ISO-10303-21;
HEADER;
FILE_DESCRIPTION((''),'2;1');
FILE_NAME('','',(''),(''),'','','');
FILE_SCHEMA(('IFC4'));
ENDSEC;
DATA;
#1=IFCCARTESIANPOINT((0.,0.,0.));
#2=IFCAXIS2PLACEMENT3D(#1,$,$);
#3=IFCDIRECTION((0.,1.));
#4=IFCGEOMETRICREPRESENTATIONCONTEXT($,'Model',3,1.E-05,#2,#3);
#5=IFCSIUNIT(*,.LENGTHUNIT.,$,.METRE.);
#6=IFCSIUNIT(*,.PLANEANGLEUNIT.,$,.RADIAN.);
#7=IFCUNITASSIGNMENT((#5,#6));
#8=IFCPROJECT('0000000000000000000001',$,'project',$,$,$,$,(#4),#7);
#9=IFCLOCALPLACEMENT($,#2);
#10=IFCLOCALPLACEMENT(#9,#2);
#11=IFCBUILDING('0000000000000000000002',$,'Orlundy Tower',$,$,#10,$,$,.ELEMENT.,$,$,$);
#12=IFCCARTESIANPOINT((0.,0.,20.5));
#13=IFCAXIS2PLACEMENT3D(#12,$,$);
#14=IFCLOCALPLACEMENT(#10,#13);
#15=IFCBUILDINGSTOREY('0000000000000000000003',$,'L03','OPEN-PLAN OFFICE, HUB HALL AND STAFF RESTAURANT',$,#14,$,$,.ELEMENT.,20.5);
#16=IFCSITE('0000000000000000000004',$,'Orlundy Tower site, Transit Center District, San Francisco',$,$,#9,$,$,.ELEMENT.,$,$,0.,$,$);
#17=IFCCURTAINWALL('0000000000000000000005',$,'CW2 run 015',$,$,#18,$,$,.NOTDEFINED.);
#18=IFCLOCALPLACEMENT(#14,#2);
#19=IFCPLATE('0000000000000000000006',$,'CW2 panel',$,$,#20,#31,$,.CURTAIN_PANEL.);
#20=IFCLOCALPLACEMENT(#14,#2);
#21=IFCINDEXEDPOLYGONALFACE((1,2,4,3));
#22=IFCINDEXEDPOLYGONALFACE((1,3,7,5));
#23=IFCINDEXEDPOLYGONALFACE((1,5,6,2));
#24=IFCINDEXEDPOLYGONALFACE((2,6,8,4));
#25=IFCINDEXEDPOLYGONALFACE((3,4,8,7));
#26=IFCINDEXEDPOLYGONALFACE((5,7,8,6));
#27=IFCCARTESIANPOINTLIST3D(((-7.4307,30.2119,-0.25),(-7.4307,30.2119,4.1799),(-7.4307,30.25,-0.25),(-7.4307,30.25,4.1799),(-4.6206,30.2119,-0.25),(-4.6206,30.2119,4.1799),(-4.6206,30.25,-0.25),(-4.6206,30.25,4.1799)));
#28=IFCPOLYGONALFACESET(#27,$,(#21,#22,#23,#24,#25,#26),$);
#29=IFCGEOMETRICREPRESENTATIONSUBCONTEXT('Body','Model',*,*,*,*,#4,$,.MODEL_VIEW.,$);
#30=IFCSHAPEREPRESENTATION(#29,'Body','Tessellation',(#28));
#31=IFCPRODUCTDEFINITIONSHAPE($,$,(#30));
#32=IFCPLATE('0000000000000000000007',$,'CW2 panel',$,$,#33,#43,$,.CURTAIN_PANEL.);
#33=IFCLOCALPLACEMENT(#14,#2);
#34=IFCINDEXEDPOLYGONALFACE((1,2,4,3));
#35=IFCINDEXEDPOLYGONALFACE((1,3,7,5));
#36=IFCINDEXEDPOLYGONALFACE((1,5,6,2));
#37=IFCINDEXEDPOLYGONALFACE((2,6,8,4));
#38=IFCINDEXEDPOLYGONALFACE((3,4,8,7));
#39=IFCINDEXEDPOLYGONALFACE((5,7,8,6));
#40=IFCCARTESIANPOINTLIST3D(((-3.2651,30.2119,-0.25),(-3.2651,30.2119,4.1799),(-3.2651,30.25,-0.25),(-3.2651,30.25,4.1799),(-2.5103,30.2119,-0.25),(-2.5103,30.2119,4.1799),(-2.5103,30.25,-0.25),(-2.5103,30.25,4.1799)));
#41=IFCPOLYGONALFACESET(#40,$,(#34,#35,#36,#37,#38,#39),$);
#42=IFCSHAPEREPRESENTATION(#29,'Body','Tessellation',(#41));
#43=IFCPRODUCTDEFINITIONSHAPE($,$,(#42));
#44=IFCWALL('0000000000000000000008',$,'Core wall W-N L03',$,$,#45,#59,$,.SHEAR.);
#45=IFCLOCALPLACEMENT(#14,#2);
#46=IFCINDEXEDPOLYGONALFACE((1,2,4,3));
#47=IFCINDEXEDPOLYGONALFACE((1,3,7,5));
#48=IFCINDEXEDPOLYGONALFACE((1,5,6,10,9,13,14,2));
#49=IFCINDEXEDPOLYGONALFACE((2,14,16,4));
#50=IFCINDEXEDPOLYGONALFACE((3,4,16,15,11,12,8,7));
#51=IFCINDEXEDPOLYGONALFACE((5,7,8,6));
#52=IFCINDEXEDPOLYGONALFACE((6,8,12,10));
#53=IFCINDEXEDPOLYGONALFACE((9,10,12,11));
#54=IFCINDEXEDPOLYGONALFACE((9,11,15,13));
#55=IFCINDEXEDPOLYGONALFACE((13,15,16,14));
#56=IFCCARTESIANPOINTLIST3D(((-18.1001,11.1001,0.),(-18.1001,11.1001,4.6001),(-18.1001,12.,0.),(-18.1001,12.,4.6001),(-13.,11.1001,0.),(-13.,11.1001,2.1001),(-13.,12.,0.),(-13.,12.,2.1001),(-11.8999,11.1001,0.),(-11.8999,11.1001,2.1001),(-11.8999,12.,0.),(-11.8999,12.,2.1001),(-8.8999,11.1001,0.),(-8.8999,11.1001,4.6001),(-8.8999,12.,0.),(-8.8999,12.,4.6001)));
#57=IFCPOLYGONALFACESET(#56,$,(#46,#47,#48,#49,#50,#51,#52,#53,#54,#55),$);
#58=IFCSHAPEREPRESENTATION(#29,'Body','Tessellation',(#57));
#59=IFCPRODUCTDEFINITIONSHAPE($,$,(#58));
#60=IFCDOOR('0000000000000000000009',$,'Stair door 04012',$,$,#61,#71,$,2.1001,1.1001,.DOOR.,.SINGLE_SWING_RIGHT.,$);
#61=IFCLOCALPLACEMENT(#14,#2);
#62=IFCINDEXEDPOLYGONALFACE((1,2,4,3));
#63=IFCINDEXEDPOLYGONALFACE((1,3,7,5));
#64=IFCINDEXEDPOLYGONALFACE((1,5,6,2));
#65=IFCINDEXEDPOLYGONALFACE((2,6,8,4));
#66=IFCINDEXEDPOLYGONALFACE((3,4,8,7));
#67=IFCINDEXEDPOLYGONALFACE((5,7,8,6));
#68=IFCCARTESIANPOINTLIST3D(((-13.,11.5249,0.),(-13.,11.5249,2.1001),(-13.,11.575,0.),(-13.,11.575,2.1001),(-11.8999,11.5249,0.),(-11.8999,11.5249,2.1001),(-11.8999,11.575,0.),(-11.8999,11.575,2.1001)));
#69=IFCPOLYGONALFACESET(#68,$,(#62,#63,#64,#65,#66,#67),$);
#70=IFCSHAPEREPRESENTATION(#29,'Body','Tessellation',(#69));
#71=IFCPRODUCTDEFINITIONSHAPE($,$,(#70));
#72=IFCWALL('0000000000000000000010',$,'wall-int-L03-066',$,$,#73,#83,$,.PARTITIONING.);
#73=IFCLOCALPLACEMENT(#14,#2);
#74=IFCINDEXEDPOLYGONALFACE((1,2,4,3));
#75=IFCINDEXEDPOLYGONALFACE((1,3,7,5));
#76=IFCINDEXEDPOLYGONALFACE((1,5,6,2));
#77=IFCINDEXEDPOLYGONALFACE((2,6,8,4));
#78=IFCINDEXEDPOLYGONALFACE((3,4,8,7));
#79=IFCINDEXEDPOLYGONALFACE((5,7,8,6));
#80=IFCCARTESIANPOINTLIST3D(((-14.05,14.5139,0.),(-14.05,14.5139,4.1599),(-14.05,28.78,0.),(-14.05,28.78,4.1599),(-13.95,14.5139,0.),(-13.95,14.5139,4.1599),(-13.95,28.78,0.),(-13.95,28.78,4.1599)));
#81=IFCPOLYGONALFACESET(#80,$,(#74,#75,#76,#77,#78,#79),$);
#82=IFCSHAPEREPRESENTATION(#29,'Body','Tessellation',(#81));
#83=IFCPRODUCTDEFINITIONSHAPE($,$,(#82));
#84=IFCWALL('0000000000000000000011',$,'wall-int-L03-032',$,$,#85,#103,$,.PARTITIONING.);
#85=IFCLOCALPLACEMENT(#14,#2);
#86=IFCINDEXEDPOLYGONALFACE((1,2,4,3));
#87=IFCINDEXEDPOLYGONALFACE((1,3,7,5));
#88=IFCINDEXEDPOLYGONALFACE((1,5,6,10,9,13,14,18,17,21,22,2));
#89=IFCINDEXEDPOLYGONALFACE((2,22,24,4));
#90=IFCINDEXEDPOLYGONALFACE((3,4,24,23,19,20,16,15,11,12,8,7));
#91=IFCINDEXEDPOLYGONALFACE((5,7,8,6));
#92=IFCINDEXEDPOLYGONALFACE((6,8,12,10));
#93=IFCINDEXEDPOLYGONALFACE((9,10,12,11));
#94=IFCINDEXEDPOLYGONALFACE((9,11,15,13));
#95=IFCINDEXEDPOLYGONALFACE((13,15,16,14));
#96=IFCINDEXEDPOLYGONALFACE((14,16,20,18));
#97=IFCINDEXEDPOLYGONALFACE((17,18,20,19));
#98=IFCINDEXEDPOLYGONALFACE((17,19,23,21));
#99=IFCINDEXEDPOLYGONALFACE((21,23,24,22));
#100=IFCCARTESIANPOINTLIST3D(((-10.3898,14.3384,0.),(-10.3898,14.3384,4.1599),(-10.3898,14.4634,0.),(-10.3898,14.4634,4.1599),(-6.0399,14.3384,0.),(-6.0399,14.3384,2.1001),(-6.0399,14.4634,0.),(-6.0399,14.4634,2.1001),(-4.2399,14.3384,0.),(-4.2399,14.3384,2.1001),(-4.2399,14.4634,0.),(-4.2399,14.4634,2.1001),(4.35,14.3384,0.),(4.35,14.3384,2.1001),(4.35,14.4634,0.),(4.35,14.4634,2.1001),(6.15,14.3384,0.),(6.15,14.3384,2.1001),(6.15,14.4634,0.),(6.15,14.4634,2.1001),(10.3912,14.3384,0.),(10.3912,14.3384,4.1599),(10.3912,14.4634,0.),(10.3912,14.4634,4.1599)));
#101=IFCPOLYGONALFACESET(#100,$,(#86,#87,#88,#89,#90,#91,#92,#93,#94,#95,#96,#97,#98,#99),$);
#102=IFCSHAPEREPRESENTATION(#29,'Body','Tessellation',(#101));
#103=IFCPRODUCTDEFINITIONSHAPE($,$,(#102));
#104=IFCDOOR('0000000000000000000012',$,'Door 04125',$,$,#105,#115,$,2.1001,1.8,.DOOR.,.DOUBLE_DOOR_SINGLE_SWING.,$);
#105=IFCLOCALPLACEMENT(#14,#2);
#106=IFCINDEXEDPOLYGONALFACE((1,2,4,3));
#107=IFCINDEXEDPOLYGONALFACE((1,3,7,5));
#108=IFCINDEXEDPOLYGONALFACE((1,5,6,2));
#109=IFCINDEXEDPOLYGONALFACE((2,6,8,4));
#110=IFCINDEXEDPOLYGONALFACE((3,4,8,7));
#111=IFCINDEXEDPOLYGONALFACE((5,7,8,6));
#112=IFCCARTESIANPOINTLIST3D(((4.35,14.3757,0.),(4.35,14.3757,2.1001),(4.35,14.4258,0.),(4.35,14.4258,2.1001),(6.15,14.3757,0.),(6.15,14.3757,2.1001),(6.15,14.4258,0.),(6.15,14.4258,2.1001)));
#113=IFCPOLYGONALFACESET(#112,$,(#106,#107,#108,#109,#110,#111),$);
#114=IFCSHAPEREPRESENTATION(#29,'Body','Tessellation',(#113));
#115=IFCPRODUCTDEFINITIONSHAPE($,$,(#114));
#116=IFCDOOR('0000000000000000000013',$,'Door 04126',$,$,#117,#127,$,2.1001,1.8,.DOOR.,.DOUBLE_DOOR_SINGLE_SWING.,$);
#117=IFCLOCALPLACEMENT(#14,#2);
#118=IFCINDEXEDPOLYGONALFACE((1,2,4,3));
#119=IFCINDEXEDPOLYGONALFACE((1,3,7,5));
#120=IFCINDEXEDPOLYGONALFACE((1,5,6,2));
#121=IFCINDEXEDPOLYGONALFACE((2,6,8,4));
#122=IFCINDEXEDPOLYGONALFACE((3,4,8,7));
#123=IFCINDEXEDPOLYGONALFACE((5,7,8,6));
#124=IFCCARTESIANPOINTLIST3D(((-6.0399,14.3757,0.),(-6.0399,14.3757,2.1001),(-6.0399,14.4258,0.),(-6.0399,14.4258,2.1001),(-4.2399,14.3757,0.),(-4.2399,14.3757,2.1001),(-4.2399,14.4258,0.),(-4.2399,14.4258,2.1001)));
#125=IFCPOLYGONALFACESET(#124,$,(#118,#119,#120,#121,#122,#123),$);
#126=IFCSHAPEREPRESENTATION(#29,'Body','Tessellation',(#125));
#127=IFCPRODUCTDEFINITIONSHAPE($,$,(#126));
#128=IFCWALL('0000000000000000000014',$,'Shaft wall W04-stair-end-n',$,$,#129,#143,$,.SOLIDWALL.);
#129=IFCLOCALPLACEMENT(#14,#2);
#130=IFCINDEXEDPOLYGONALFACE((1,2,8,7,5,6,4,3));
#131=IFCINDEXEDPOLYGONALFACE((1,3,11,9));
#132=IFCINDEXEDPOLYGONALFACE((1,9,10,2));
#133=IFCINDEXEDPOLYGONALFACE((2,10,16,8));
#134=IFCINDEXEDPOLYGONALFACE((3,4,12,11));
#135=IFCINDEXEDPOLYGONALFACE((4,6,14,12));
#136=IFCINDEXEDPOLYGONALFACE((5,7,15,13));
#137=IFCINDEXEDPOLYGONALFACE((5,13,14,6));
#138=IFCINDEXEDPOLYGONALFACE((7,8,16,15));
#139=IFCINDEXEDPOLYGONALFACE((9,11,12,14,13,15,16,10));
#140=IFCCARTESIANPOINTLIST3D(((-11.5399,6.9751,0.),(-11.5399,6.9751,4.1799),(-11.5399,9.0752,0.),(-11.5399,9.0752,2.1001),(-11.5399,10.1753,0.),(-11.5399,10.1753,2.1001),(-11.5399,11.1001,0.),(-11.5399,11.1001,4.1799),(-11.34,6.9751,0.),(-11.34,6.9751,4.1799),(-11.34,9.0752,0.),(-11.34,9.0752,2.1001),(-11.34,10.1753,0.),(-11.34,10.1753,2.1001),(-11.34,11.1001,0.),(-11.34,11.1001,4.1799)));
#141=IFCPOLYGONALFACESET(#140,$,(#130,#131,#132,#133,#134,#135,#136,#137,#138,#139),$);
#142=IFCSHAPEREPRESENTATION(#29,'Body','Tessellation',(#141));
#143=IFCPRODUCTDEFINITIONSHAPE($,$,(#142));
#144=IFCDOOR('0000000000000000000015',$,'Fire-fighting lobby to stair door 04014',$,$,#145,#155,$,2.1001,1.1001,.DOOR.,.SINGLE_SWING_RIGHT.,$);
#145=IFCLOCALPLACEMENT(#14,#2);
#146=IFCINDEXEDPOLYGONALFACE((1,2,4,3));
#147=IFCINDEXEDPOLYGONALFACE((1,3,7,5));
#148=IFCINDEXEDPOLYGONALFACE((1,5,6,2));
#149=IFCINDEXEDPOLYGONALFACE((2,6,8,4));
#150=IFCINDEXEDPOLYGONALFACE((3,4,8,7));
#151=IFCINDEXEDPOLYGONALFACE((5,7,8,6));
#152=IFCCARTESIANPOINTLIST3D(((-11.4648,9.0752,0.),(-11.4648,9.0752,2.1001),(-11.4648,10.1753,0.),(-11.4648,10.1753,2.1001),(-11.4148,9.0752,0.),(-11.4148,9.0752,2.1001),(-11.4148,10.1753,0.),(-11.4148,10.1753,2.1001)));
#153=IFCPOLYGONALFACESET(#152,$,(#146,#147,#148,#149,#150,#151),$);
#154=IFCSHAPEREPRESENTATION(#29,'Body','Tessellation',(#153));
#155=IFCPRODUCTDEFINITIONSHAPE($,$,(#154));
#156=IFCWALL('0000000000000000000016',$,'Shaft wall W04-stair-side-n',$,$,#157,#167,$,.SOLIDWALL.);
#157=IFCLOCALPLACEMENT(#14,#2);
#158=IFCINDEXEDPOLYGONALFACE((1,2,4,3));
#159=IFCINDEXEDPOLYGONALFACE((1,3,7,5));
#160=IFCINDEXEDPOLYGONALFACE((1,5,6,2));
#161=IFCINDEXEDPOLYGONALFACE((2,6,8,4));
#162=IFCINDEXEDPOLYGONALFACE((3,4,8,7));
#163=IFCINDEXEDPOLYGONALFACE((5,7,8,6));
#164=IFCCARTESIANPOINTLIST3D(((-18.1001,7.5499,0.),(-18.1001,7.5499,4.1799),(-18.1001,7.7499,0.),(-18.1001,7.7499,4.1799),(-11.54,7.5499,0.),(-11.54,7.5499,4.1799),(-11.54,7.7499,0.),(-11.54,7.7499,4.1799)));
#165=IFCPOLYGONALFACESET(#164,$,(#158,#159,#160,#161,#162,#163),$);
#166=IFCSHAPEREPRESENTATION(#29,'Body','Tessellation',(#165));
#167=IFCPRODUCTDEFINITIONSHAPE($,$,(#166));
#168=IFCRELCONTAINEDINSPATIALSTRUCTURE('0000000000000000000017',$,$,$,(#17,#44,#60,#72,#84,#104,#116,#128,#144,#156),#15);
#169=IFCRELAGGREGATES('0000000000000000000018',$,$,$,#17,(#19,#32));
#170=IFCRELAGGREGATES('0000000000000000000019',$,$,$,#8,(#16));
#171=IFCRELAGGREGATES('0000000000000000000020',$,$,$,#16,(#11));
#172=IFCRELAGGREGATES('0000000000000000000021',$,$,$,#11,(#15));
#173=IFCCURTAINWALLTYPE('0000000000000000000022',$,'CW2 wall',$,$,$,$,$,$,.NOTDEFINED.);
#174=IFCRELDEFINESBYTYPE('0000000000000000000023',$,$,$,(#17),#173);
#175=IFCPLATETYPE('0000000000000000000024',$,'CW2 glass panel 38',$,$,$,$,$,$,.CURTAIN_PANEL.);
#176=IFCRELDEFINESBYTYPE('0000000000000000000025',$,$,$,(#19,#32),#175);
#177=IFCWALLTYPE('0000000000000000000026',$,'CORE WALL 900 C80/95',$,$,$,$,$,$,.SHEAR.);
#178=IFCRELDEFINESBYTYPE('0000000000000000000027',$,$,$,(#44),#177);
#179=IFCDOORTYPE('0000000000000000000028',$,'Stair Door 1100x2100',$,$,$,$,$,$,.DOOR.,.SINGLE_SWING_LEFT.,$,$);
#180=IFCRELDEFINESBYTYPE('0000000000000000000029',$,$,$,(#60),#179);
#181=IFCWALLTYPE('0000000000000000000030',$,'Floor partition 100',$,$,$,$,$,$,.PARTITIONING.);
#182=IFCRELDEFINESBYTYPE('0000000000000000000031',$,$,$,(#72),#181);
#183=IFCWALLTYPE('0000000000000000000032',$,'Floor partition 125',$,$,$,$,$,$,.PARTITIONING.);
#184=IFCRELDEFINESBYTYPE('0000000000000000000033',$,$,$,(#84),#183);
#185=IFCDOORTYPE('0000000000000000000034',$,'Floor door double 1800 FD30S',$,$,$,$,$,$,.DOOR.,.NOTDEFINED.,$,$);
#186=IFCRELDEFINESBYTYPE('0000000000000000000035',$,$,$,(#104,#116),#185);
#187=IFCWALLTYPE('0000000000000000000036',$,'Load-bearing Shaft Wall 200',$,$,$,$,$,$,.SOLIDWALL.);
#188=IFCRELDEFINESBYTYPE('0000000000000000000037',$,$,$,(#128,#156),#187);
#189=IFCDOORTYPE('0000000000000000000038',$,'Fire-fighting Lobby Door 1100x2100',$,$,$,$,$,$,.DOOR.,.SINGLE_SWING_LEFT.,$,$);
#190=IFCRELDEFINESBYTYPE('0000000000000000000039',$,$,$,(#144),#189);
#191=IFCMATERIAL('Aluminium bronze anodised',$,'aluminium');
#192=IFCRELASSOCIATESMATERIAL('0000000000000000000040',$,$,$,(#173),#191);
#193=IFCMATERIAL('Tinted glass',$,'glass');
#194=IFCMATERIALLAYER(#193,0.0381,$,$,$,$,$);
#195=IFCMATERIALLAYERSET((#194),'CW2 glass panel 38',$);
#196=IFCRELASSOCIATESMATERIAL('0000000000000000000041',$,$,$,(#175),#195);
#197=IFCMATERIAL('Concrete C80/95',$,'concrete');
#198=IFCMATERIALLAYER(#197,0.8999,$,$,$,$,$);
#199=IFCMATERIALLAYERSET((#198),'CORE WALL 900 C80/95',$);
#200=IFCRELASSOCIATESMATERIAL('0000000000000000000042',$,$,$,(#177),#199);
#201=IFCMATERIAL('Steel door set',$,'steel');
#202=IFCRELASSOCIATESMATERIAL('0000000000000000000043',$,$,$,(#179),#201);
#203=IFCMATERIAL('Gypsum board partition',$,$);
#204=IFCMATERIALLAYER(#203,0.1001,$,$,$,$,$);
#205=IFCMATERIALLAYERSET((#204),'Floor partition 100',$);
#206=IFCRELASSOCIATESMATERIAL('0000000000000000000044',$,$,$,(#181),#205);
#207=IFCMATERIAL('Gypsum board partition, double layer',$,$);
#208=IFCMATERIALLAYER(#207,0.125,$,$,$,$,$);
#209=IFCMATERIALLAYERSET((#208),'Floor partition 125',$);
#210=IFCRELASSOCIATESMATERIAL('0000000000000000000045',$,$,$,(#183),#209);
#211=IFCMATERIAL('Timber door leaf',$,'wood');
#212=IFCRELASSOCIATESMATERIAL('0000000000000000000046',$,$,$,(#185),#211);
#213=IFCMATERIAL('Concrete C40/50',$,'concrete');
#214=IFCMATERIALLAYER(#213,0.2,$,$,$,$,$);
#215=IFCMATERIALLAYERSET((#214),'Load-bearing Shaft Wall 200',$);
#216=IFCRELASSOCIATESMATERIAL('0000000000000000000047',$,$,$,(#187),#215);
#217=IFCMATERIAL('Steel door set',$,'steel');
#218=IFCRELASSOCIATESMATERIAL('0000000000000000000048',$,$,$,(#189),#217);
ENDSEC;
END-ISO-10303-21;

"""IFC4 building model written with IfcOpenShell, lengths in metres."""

from ifc_helpers import new_model, si_unit, direction, frame, frame_2d, origin, origin_2d, place, context, subcontext, project, spatial, rectangle, extrude, material, layer, layer_set, type_object, element, fill, aggregate, save


model = new_model("IFC4")

# Units and contexts
model_context = context("Model", 3, precision=1e-05, world=origin(), true_north=direction((0.0, 1.0)))
body_context = subcontext(model_context, "Body", "Model", "MODEL_VIEW")
ifc_project = project(units=[si_unit("LENGTHUNIT", "METRE"), si_unit("PLANEANGLEUNIT", "RADIAN")], contexts=[model_context])

# Site, building, storey
site_placement = place(None, origin())
site = spatial("IfcSite", under=ifc_project, at=site_placement, Name="Orlundy Tower site, Transit Center District, San Francisco", CompositionType="ELEMENT", RefElevation=0.0)
building_placement = place(site_placement, origin())
building = spatial("IfcBuilding", under=site, at=building_placement, Name="Orlundy Tower", CompositionType="ELEMENT")
storey_placement = place(building_placement, frame((0.0, 0.0, 20.5)))
storey = spatial("IfcBuildingStorey", under=building, at=storey_placement, Name="L03", Description="OPEN-PLAN OFFICE, HUB HALL AND STAFF RESTAURANT", CompositionType="ELEMENT", Elevation=20.5)

# Shared definitions
ifc_material_1 = material(Name="Aluminium bronze anodised", Category="aluminium")
curtain_wall_type = type_object("IfcCurtainWallType", Name="CW2 wall", PredefinedType="NOTDEFINED", material=ifc_material_1)

# Curtain wall
curtain_wall_1_placement = place(storey_placement, origin())
curtain_wall_1 = element("IfcCurtainWall", 1, at=curtain_wall_1_placement, inside=storey, type_object=curtain_wall_type, Name="CW2 run 015", PredefinedType="NOTDEFINED")

# Plates
ifc_material_2 = material(Name="Tinted glass", Category="glass")
ifc_layer_1 = layer(ifc_material_2, 0.0381)
ifc_layer_set_1 = layer_set([ifc_layer_1], Name="CW2 glass panel 38")
plate_type = type_object("IfcPlateType", Name="CW2 glass panel 38", PredefinedType="CURTAIN_PANEL", material=ifc_layer_set_1)
plate_1_placement = place(storey_placement, frame((-6.0256, 30.231, -0.25), z_axis=(0.0, 0.0, 1.0), x_axis=(1.0, 0.0, 0.0)))
plate_1 = element("IfcPlate", 2, at=plate_1_placement, type_object=plate_type, Name="CW2 panel", PredefinedType="CURTAIN_PANEL", context=body_context, shape_type="SweptSolid", body=[
    extrude(rectangle(XDim=2.8101, YDim=0.0381, at=origin_2d()), origin(), (0.0, 0.0, 1.0), 4.4299),
])
plate_2_placement = place(storey_placement, frame((-2.8877, 30.231, -0.25), z_axis=(0.0, 0.0, 1.0), x_axis=(1.0, 0.0, 0.0)))
plate_2 = element("IfcPlate", 3, at=plate_2_placement, type_object=plate_type, Name="CW2 panel", PredefinedType="CURTAIN_PANEL", context=body_context, shape_type="SweptSolid", body=[
    extrude(rectangle(XDim=0.7549, YDim=0.0381, at=origin_2d()), origin(), (0.0, 0.0, 1.0), 4.4299),
])
aggregate(curtain_wall_1, [plate_1, plate_2])

# Wall, opening, door
ifc_material_3 = material(Name="Concrete C80/95", Category="concrete")
ifc_layer_2 = layer(ifc_material_3, 0.8999)
ifc_layer_set_2 = layer_set([ifc_layer_2], Name="CORE WALL 900 C80/95")
wall_type_1 = type_object("IfcWallType", Name="CORE WALL 900 C80/95", PredefinedType="SHEAR", material=ifc_layer_set_2)
wall_1_placement = place(storey_placement, frame((-18.1001, 11.55, 0.0), z_axis=(0.0, 0.0, 1.0), x_axis=(1.0, 0.0, 0.0)))
wall_1 = element("IfcWall", 4, at=wall_1_placement, inside=storey, type_object=wall_type_1, Name="Core wall W-N L03", PredefinedType="SHEAR", context=body_context, shape_type="SweptSolid", body=[
    extrude(rectangle(XDim=9.2002, YDim=0.8999, at=frame_2d((4.6001, 0.0))), origin(), (0.0, 0.0, 1.0), 4.6001),
])
opening_1_placement = place(wall_1_placement, frame((5.1001, 0.0, 0.0)))
opening_1 = element("IfcOpeningElement", 5, at=opening_1_placement, cuts=wall_1, PredefinedType="OPENING", context=body_context, shape_type="SweptSolid", body=[
    extrude(rectangle(XDim=1.1001, YDim=2.1001, at=frame_2d((0.55, 1.05))), frame((0.0, 0.46, 0.0), z_axis=(0.0, -1.0, 0.0), x_axis=(1.0, 0.0, 0.0)), (0.0, 0.0, 1.0), 0.9199),
])
ifc_material_4 = material(Name="Steel door set", Category="steel")
door_type_1 = type_object("IfcDoorType", Name="Stair Door 1100x2100", OperationType="SINGLE_SWING_LEFT", PredefinedType="DOOR", material=ifc_material_4)
door_1_placement = place(opening_1_placement, origin())
door_1 = element("IfcDoor", 6, at=door_1_placement, inside=storey, type_object=door_type_1, Name="Stair door 04012", OperationType="SINGLE_SWING_RIGHT", OverallHeight=2.1001, OverallWidth=1.1001, PredefinedType="DOOR", context=body_context, shape_type="SweptSolid", body=[
    extrude(rectangle(XDim=1.1001, YDim=2.1001, at=frame_2d((0.55, 1.05))), frame((0.0, 0.0249, 0.0), z_axis=(0.0, -1.0, 0.0), x_axis=(1.0, 0.0, 0.0)), (0.0, 0.0, 1.0), 0.05),
])
fill(opening_1, door_1)

# Wall
ifc_material_5 = material(Name="Gypsum board partition")
ifc_layer_3 = layer(ifc_material_5, 0.1001)
ifc_layer_set_3 = layer_set([ifc_layer_3], Name="Floor partition 100")
wall_type_2 = type_object("IfcWallType", Name="Floor partition 100", PredefinedType="PARTITIONING", material=ifc_layer_set_3)
wall_2_placement = place(storey_placement, frame((-14.0, 14.5139, 0.0), z_axis=(0.0, 0.0, 1.0), x_axis=(0.0, 1.0, 0.0)))
element("IfcWall", 7, at=wall_2_placement, inside=storey, type_object=wall_type_2, Name="wall-int-L03-066", PredefinedType="PARTITIONING", context=body_context, shape_type="SweptSolid", body=[
    extrude(rectangle(XDim=14.2661, YDim=0.1001, at=frame_2d((7.1331, 0.0))), origin(), (0.0, 0.0, 1.0), 4.1599),
])

# Wall, openings, doors
ifc_material_6 = material(Name="Gypsum board partition, double layer")
ifc_layer_4 = layer(ifc_material_6, 0.125)
ifc_layer_set_4 = layer_set([ifc_layer_4], Name="Floor partition 125")
wall_type_3 = type_object("IfcWallType", Name="Floor partition 125", PredefinedType="PARTITIONING", material=ifc_layer_set_4)
wall_3_placement = place(storey_placement, frame((-10.3899, 14.4009, 0.0), z_axis=(0.0, 0.0, 1.0), x_axis=(1.0, 0.0, 0.0)))
wall_3 = element("IfcWall", 8, at=wall_3_placement, inside=storey, type_object=wall_type_3, Name="wall-int-L03-032", PredefinedType="PARTITIONING", context=body_context, shape_type="SweptSolid", body=[
    extrude(rectangle(XDim=20.781, YDim=0.125, at=frame_2d((10.3906, 0.0))), origin(), (0.0, 0.0, 1.0), 4.1599),
])
opening_2_placement = place(wall_3_placement, frame((14.74, 0.0, 0.0)))
opening_2 = element("IfcOpeningElement", 9, at=opening_2_placement, cuts=wall_3, PredefinedType="OPENING", context=body_context, shape_type="SweptSolid", body=[
    extrude(rectangle(XDim=1.8, YDim=2.1001, at=frame_2d((0.8999, 1.05))), frame((0.0, 0.0725, 0.0), z_axis=(0.0, -1.0, 0.0), x_axis=(1.0, 0.0, 0.0)), (0.0, 0.0, 1.0), 0.145),
])
opening_3_placement = place(wall_3_placement, frame((4.3501, 0.0, 0.0)))
opening_3 = element("IfcOpeningElement", 10, at=opening_3_placement, cuts=wall_3, PredefinedType="OPENING", context=body_context, shape_type="SweptSolid", body=[
    extrude(rectangle(XDim=1.8, YDim=2.1001, at=frame_2d((0.8999, 1.05))), frame((0.0, 0.0725, 0.0), z_axis=(0.0, -1.0, 0.0), x_axis=(1.0, 0.0, 0.0)), (0.0, 0.0, 1.0), 0.145),
])
ifc_material_7 = material(Name="Timber door leaf", Category="wood")
door_type_2 = type_object("IfcDoorType", Name="Floor door double 1800 FD30S", OperationType="NOTDEFINED", PredefinedType="DOOR", material=ifc_material_7)
door_2_placement = place(opening_2_placement, origin())
door_2 = element("IfcDoor", 11, at=door_2_placement, inside=storey, type_object=door_type_2, Name="Door 04125", OperationType="DOUBLE_DOOR_SINGLE_SWING", OverallHeight=2.1001, OverallWidth=1.8, PredefinedType="DOOR", context=body_context, shape_type="SweptSolid", body=[
    extrude(rectangle(XDim=1.8, YDim=2.1001, at=frame_2d((0.8999, 1.05))), frame((0.0, 0.0249, 0.0), z_axis=(0.0, -1.0, 0.0), x_axis=(1.0, 0.0, 0.0)), (0.0, 0.0, 1.0), 0.05),
])
fill(opening_2, door_2)
door_3_placement = place(opening_3_placement, origin())
door_3 = element("IfcDoor", 12, at=door_3_placement, inside=storey, type_object=door_type_2, Name="Door 04126", OperationType="DOUBLE_DOOR_SINGLE_SWING", OverallHeight=2.1001, OverallWidth=1.8, PredefinedType="DOOR", context=body_context, shape_type="SweptSolid", body=[
    extrude(rectangle(XDim=1.8, YDim=2.1001, at=frame_2d((0.8999, 1.05))), frame((0.0, 0.0249, 0.0), z_axis=(0.0, -1.0, 0.0), x_axis=(1.0, 0.0, 0.0)), (0.0, 0.0, 1.0), 0.05),
])
fill(opening_3, door_3)

# Wall, opening, door
ifc_material_8 = material(Name="Concrete C40/50", Category="concrete")
ifc_layer_5 = layer(ifc_material_8, 0.2)
ifc_layer_set_5 = layer_set([ifc_layer_5], Name="Load-bearing Shaft Wall 200")
wall_type_4 = type_object("IfcWallType", Name="Load-bearing Shaft Wall 200", PredefinedType="SOLIDWALL", material=ifc_layer_set_5)
wall_4_placement = place(storey_placement, frame((-11.4399, 6.9751, 0.0), z_axis=(0.0, 0.0, 1.0), x_axis=(0.0, 1.0, 0.0)))
wall_4 = element("IfcWall", 13, at=wall_4_placement, inside=storey, type_object=wall_type_4, Name="Shaft wall W04-stair-end-n", PredefinedType="SOLIDWALL", context=body_context, shape_type="SweptSolid", body=[
    extrude(rectangle(XDim=4.125, YDim=0.2, at=frame_2d((2.0625, 0.0))), origin(), (0.0, 0.0, 1.0), 4.1799),
])
opening_4_placement = place(wall_4_placement, frame((2.1001, 0.0, 0.0)))
opening_4 = element("IfcOpeningElement", 14, at=opening_4_placement, cuts=wall_4, PredefinedType="OPENING", context=body_context, shape_type="SweptSolid", body=[
    extrude(rectangle(XDim=1.1001, YDim=2.1001, at=frame_2d((0.55, 1.05))), frame((0.0, 0.1101, 0.0), z_axis=(0.0, -1.0, 0.0), x_axis=(1.0, 0.0, 0.0)), (0.0, 0.0, 1.0), 0.2202),
])
ifc_material_9 = material(Name="Steel door set", Category="steel")
door_type_3 = type_object("IfcDoorType", Name="Fire-fighting Lobby Door 1100x2100", OperationType="SINGLE_SWING_LEFT", PredefinedType="DOOR", material=ifc_material_9)
door_4_placement = place(opening_4_placement, origin())
door_4 = element("IfcDoor", 15, at=door_4_placement, inside=storey, type_object=door_type_3, Name="Fire-fighting lobby to stair door 04014", OperationType="SINGLE_SWING_RIGHT", OverallHeight=2.1001, OverallWidth=1.1001, PredefinedType="DOOR", context=body_context, shape_type="SweptSolid", body=[
    extrude(rectangle(XDim=1.1001, YDim=2.1001, at=frame_2d((0.55, 1.05))), frame((0.0, 0.0249, 0.0), z_axis=(0.0, -1.0, 0.0), x_axis=(1.0, 0.0, 0.0)), (0.0, 0.0, 1.0), 0.05),
])
fill(opening_4, door_4)

# Wall
wall_5_placement = place(storey_placement, frame((-11.54, 7.6499, 0.0), z_axis=(0.0, 0.0, 1.0), x_axis=(-1.0, 0.0, 0.0)))
element("IfcWall", 16, at=wall_5_placement, inside=storey, type_object=wall_type_4, Name="Shaft wall W04-stair-side-n", PredefinedType="SOLIDWALL", context=body_context, shape_type="SweptSolid", body=[
    extrude(rectangle(XDim=6.5601, YDim=0.2, at=frame_2d((3.28, 0.0))), origin(), (0.0, 0.0, 1.0), 4.1799),
])

save(model, "model.ifc")
